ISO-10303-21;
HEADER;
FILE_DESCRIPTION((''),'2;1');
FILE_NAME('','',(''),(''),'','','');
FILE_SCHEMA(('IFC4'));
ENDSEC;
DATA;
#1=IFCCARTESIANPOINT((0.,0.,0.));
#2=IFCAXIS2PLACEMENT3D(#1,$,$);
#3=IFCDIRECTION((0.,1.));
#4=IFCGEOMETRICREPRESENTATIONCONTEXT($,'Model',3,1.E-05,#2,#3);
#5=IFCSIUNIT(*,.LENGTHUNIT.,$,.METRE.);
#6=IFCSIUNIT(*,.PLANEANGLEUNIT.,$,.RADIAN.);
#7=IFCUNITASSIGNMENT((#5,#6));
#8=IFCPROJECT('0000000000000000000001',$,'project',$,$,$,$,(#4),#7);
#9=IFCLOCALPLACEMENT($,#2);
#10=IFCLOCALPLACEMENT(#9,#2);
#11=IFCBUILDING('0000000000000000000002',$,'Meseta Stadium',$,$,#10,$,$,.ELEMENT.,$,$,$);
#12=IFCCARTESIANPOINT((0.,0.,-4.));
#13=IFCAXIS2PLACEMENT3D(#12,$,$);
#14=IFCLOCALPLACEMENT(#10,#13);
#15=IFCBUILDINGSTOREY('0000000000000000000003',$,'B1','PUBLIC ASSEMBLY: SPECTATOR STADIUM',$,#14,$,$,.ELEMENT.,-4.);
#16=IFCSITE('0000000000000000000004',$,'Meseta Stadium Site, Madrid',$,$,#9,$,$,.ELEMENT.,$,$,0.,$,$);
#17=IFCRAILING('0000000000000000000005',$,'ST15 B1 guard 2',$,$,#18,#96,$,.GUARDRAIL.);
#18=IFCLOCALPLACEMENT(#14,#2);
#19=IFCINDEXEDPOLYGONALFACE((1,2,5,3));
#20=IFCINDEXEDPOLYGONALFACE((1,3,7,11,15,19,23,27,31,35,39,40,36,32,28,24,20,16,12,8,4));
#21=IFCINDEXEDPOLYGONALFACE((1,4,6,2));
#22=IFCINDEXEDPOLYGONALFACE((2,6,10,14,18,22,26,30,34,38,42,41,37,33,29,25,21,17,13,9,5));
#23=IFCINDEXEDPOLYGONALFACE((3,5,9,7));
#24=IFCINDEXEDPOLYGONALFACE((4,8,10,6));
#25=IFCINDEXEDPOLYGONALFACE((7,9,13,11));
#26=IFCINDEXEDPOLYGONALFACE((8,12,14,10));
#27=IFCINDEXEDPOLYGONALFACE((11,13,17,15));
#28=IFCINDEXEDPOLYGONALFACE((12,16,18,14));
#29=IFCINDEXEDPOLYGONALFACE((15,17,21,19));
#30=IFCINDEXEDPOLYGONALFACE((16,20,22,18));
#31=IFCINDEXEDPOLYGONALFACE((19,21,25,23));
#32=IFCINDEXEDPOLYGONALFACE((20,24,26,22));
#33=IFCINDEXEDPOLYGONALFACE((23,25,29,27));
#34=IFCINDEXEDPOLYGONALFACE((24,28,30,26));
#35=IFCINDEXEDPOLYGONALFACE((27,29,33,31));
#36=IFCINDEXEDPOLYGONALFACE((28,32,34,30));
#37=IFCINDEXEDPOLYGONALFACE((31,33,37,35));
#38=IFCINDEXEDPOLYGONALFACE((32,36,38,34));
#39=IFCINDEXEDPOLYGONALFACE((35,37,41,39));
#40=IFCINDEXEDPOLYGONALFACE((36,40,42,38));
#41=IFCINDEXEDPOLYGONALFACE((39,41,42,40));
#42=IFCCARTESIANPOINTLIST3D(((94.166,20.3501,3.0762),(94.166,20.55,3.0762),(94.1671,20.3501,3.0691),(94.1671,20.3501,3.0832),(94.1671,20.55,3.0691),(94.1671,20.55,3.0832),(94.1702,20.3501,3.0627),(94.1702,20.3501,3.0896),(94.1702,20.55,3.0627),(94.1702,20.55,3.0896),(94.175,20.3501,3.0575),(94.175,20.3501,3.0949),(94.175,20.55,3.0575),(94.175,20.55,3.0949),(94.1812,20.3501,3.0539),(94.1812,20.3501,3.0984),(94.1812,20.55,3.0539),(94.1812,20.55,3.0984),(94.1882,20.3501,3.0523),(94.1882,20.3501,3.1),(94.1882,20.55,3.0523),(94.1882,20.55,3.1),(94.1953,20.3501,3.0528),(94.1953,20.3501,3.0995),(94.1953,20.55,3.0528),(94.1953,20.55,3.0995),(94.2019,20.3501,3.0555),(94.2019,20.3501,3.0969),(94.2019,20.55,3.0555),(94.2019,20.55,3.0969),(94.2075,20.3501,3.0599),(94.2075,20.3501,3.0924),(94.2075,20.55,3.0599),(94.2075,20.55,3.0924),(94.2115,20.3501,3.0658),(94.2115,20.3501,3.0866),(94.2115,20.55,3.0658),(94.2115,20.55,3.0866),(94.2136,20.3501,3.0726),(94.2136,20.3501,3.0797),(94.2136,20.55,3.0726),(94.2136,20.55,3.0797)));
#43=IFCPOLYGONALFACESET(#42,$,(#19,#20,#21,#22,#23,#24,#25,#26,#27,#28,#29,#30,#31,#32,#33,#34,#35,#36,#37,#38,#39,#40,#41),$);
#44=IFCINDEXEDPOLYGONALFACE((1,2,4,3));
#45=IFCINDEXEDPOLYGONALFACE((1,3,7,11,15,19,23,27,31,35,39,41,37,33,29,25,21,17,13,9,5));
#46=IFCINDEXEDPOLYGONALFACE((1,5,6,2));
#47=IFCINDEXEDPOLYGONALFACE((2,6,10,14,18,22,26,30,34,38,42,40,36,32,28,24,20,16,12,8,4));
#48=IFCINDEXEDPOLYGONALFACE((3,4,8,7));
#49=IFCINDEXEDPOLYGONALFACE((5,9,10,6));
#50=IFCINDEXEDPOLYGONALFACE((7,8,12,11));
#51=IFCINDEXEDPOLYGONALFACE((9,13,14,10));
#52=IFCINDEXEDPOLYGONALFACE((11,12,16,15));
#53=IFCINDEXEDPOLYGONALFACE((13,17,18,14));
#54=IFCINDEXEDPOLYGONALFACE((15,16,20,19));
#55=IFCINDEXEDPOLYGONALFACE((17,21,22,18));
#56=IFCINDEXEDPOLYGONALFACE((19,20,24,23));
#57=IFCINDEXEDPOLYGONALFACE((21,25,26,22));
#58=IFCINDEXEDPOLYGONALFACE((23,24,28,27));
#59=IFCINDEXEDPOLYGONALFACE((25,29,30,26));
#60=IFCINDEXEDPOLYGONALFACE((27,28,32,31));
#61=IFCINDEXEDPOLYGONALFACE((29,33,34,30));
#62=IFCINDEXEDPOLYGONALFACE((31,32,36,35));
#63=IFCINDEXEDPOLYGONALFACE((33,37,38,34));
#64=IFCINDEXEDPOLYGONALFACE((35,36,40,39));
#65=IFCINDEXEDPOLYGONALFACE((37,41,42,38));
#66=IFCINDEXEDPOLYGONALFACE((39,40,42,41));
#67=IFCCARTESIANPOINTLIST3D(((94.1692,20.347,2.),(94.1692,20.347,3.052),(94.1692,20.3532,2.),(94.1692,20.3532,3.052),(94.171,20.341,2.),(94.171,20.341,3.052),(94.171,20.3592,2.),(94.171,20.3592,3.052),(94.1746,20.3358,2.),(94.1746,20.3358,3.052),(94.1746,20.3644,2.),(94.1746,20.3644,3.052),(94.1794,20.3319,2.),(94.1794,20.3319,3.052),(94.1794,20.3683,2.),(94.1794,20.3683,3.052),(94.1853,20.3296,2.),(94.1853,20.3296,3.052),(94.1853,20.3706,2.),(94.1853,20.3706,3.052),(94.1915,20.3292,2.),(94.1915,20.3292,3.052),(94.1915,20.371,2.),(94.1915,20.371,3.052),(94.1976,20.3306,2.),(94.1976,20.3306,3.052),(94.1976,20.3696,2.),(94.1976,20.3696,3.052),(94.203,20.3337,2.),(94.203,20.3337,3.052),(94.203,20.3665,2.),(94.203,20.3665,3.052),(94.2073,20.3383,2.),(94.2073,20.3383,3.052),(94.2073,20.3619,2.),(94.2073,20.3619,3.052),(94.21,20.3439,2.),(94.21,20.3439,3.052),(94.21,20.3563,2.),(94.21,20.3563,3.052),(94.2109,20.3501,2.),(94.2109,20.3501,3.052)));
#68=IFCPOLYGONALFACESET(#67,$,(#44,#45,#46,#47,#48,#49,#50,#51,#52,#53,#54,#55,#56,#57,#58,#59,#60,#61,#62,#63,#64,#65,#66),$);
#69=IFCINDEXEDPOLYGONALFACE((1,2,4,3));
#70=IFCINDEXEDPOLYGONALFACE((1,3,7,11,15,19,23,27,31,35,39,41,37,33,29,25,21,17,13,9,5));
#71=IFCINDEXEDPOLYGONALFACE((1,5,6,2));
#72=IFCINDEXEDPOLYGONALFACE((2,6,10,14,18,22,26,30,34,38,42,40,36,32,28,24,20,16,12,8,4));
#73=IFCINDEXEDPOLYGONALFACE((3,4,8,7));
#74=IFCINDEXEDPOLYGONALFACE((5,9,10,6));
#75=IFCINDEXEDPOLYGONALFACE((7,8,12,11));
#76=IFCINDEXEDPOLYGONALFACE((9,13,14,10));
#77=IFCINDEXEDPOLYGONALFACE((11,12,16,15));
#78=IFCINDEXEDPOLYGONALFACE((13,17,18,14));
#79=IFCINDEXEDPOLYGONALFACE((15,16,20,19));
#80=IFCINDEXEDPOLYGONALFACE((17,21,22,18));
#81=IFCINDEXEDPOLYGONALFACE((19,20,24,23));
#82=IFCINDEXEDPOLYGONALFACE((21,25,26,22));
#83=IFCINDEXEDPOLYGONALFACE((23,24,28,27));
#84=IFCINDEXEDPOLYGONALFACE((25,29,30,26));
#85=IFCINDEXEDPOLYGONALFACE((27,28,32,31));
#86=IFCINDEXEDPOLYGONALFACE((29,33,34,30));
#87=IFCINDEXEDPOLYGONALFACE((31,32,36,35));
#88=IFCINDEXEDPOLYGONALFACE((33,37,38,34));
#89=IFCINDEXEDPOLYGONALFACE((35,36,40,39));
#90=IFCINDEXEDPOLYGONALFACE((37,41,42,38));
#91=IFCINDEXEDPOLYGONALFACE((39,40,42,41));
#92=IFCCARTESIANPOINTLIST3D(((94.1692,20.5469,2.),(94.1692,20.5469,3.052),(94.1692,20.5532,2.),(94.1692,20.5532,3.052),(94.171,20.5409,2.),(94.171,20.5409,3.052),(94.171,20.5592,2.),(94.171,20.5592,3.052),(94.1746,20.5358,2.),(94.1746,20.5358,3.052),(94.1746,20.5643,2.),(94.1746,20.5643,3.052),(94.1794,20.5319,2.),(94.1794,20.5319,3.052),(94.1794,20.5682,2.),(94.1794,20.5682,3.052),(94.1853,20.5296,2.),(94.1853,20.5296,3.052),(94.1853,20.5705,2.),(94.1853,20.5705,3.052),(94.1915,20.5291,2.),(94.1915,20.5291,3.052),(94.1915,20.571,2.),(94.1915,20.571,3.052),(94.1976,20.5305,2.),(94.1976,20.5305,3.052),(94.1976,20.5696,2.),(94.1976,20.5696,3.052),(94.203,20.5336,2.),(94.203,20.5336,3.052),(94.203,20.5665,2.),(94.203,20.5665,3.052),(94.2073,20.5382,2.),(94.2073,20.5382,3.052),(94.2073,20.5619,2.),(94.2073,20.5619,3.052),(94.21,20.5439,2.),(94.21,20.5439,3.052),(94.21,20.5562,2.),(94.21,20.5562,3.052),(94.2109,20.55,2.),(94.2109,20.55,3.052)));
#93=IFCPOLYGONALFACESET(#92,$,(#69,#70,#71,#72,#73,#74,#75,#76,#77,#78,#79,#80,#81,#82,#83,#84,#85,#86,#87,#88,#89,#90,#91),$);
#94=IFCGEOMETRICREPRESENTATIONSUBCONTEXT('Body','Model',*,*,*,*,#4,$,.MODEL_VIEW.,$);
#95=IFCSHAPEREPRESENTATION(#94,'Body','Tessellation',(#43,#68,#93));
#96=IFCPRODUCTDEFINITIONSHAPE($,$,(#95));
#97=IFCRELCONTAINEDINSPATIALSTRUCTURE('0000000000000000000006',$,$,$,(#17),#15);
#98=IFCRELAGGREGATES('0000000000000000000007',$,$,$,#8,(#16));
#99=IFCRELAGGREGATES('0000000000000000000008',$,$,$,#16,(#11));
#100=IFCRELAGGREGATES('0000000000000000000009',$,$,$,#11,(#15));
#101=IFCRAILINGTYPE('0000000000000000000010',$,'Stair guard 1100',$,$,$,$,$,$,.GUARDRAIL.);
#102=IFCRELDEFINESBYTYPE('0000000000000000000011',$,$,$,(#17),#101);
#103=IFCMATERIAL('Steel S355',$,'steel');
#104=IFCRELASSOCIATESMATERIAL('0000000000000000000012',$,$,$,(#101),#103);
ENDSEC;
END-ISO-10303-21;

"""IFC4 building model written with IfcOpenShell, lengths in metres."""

from ifc_helpers import new_model, si_unit, direction, frame, origin, origin_2d, place, context, subcontext, project, spatial, circle, extrude, material, type_object, element, save


model = new_model("IFC4")

# Units and contexts
model_context = context("Model", 3, precision=1e-05, world=origin(), true_north=direction((0.0, 1.0)))
body_context = subcontext(model_context, "Body", "Model", "MODEL_VIEW")
ifc_project = project(units=[si_unit("LENGTHUNIT", "METRE"), si_unit("PLANEANGLEUNIT", "RADIAN")], contexts=[model_context])

# Site, building, storey
site_placement = place(None, origin())
site = spatial("IfcSite", under=ifc_project, at=site_placement, Name="Meseta Stadium Site, Madrid", CompositionType="ELEMENT", RefElevation=0.0)
building_placement = place(site_placement, origin())
building = spatial("IfcBuilding", under=site, at=building_placement, Name="Meseta Stadium", CompositionType="ELEMENT")
storey_placement = place(building_placement, frame((0.0, 0.0, -4.0)))
storey = spatial("IfcBuildingStorey", under=building, at=storey_placement, Name="B1", Description="PUBLIC ASSEMBLY: SPECTATOR STADIUM", CompositionType="ELEMENT", Elevation=-4.0)

# Railing
ifc_material_1 = material(Name="Steel S355", Category="steel")
railing_type_1 = type_object("IfcRailingType", Name="Stair guard 1100", PredefinedType="GUARDRAIL", material=ifc_material_1)
railing_1_placement = place(storey_placement, frame((94.1899, 20.3501, 2.0)))
element("IfcRailing", 1, at=railing_1_placement, inside=storey, type_object=railing_type_1, Name="ST15 B1 guard 2", PredefinedType="GUARDRAIL", context=body_context, shape_type="SweptSolid", body=[
    extrude(circle(Radius=0.0239, at=origin_2d()), frame((0.0, 0.0, 1.0762), z_axis=(0.0, 1.0, 0.0), x_axis=(-1.0, 0.0, 0.0)), (0.0, 0.0, 1.0), 0.2),
    extrude(circle(Radius=0.021, at=origin_2d()), origin(), (0.0, 0.0, 1.0), 1.052),
    extrude(circle(Radius=0.021, at=origin_2d()), frame((0.0, 0.2, 0.0)), (0.0, 0.0, 1.0), 1.052),
])

save(model, "model.ifc")
